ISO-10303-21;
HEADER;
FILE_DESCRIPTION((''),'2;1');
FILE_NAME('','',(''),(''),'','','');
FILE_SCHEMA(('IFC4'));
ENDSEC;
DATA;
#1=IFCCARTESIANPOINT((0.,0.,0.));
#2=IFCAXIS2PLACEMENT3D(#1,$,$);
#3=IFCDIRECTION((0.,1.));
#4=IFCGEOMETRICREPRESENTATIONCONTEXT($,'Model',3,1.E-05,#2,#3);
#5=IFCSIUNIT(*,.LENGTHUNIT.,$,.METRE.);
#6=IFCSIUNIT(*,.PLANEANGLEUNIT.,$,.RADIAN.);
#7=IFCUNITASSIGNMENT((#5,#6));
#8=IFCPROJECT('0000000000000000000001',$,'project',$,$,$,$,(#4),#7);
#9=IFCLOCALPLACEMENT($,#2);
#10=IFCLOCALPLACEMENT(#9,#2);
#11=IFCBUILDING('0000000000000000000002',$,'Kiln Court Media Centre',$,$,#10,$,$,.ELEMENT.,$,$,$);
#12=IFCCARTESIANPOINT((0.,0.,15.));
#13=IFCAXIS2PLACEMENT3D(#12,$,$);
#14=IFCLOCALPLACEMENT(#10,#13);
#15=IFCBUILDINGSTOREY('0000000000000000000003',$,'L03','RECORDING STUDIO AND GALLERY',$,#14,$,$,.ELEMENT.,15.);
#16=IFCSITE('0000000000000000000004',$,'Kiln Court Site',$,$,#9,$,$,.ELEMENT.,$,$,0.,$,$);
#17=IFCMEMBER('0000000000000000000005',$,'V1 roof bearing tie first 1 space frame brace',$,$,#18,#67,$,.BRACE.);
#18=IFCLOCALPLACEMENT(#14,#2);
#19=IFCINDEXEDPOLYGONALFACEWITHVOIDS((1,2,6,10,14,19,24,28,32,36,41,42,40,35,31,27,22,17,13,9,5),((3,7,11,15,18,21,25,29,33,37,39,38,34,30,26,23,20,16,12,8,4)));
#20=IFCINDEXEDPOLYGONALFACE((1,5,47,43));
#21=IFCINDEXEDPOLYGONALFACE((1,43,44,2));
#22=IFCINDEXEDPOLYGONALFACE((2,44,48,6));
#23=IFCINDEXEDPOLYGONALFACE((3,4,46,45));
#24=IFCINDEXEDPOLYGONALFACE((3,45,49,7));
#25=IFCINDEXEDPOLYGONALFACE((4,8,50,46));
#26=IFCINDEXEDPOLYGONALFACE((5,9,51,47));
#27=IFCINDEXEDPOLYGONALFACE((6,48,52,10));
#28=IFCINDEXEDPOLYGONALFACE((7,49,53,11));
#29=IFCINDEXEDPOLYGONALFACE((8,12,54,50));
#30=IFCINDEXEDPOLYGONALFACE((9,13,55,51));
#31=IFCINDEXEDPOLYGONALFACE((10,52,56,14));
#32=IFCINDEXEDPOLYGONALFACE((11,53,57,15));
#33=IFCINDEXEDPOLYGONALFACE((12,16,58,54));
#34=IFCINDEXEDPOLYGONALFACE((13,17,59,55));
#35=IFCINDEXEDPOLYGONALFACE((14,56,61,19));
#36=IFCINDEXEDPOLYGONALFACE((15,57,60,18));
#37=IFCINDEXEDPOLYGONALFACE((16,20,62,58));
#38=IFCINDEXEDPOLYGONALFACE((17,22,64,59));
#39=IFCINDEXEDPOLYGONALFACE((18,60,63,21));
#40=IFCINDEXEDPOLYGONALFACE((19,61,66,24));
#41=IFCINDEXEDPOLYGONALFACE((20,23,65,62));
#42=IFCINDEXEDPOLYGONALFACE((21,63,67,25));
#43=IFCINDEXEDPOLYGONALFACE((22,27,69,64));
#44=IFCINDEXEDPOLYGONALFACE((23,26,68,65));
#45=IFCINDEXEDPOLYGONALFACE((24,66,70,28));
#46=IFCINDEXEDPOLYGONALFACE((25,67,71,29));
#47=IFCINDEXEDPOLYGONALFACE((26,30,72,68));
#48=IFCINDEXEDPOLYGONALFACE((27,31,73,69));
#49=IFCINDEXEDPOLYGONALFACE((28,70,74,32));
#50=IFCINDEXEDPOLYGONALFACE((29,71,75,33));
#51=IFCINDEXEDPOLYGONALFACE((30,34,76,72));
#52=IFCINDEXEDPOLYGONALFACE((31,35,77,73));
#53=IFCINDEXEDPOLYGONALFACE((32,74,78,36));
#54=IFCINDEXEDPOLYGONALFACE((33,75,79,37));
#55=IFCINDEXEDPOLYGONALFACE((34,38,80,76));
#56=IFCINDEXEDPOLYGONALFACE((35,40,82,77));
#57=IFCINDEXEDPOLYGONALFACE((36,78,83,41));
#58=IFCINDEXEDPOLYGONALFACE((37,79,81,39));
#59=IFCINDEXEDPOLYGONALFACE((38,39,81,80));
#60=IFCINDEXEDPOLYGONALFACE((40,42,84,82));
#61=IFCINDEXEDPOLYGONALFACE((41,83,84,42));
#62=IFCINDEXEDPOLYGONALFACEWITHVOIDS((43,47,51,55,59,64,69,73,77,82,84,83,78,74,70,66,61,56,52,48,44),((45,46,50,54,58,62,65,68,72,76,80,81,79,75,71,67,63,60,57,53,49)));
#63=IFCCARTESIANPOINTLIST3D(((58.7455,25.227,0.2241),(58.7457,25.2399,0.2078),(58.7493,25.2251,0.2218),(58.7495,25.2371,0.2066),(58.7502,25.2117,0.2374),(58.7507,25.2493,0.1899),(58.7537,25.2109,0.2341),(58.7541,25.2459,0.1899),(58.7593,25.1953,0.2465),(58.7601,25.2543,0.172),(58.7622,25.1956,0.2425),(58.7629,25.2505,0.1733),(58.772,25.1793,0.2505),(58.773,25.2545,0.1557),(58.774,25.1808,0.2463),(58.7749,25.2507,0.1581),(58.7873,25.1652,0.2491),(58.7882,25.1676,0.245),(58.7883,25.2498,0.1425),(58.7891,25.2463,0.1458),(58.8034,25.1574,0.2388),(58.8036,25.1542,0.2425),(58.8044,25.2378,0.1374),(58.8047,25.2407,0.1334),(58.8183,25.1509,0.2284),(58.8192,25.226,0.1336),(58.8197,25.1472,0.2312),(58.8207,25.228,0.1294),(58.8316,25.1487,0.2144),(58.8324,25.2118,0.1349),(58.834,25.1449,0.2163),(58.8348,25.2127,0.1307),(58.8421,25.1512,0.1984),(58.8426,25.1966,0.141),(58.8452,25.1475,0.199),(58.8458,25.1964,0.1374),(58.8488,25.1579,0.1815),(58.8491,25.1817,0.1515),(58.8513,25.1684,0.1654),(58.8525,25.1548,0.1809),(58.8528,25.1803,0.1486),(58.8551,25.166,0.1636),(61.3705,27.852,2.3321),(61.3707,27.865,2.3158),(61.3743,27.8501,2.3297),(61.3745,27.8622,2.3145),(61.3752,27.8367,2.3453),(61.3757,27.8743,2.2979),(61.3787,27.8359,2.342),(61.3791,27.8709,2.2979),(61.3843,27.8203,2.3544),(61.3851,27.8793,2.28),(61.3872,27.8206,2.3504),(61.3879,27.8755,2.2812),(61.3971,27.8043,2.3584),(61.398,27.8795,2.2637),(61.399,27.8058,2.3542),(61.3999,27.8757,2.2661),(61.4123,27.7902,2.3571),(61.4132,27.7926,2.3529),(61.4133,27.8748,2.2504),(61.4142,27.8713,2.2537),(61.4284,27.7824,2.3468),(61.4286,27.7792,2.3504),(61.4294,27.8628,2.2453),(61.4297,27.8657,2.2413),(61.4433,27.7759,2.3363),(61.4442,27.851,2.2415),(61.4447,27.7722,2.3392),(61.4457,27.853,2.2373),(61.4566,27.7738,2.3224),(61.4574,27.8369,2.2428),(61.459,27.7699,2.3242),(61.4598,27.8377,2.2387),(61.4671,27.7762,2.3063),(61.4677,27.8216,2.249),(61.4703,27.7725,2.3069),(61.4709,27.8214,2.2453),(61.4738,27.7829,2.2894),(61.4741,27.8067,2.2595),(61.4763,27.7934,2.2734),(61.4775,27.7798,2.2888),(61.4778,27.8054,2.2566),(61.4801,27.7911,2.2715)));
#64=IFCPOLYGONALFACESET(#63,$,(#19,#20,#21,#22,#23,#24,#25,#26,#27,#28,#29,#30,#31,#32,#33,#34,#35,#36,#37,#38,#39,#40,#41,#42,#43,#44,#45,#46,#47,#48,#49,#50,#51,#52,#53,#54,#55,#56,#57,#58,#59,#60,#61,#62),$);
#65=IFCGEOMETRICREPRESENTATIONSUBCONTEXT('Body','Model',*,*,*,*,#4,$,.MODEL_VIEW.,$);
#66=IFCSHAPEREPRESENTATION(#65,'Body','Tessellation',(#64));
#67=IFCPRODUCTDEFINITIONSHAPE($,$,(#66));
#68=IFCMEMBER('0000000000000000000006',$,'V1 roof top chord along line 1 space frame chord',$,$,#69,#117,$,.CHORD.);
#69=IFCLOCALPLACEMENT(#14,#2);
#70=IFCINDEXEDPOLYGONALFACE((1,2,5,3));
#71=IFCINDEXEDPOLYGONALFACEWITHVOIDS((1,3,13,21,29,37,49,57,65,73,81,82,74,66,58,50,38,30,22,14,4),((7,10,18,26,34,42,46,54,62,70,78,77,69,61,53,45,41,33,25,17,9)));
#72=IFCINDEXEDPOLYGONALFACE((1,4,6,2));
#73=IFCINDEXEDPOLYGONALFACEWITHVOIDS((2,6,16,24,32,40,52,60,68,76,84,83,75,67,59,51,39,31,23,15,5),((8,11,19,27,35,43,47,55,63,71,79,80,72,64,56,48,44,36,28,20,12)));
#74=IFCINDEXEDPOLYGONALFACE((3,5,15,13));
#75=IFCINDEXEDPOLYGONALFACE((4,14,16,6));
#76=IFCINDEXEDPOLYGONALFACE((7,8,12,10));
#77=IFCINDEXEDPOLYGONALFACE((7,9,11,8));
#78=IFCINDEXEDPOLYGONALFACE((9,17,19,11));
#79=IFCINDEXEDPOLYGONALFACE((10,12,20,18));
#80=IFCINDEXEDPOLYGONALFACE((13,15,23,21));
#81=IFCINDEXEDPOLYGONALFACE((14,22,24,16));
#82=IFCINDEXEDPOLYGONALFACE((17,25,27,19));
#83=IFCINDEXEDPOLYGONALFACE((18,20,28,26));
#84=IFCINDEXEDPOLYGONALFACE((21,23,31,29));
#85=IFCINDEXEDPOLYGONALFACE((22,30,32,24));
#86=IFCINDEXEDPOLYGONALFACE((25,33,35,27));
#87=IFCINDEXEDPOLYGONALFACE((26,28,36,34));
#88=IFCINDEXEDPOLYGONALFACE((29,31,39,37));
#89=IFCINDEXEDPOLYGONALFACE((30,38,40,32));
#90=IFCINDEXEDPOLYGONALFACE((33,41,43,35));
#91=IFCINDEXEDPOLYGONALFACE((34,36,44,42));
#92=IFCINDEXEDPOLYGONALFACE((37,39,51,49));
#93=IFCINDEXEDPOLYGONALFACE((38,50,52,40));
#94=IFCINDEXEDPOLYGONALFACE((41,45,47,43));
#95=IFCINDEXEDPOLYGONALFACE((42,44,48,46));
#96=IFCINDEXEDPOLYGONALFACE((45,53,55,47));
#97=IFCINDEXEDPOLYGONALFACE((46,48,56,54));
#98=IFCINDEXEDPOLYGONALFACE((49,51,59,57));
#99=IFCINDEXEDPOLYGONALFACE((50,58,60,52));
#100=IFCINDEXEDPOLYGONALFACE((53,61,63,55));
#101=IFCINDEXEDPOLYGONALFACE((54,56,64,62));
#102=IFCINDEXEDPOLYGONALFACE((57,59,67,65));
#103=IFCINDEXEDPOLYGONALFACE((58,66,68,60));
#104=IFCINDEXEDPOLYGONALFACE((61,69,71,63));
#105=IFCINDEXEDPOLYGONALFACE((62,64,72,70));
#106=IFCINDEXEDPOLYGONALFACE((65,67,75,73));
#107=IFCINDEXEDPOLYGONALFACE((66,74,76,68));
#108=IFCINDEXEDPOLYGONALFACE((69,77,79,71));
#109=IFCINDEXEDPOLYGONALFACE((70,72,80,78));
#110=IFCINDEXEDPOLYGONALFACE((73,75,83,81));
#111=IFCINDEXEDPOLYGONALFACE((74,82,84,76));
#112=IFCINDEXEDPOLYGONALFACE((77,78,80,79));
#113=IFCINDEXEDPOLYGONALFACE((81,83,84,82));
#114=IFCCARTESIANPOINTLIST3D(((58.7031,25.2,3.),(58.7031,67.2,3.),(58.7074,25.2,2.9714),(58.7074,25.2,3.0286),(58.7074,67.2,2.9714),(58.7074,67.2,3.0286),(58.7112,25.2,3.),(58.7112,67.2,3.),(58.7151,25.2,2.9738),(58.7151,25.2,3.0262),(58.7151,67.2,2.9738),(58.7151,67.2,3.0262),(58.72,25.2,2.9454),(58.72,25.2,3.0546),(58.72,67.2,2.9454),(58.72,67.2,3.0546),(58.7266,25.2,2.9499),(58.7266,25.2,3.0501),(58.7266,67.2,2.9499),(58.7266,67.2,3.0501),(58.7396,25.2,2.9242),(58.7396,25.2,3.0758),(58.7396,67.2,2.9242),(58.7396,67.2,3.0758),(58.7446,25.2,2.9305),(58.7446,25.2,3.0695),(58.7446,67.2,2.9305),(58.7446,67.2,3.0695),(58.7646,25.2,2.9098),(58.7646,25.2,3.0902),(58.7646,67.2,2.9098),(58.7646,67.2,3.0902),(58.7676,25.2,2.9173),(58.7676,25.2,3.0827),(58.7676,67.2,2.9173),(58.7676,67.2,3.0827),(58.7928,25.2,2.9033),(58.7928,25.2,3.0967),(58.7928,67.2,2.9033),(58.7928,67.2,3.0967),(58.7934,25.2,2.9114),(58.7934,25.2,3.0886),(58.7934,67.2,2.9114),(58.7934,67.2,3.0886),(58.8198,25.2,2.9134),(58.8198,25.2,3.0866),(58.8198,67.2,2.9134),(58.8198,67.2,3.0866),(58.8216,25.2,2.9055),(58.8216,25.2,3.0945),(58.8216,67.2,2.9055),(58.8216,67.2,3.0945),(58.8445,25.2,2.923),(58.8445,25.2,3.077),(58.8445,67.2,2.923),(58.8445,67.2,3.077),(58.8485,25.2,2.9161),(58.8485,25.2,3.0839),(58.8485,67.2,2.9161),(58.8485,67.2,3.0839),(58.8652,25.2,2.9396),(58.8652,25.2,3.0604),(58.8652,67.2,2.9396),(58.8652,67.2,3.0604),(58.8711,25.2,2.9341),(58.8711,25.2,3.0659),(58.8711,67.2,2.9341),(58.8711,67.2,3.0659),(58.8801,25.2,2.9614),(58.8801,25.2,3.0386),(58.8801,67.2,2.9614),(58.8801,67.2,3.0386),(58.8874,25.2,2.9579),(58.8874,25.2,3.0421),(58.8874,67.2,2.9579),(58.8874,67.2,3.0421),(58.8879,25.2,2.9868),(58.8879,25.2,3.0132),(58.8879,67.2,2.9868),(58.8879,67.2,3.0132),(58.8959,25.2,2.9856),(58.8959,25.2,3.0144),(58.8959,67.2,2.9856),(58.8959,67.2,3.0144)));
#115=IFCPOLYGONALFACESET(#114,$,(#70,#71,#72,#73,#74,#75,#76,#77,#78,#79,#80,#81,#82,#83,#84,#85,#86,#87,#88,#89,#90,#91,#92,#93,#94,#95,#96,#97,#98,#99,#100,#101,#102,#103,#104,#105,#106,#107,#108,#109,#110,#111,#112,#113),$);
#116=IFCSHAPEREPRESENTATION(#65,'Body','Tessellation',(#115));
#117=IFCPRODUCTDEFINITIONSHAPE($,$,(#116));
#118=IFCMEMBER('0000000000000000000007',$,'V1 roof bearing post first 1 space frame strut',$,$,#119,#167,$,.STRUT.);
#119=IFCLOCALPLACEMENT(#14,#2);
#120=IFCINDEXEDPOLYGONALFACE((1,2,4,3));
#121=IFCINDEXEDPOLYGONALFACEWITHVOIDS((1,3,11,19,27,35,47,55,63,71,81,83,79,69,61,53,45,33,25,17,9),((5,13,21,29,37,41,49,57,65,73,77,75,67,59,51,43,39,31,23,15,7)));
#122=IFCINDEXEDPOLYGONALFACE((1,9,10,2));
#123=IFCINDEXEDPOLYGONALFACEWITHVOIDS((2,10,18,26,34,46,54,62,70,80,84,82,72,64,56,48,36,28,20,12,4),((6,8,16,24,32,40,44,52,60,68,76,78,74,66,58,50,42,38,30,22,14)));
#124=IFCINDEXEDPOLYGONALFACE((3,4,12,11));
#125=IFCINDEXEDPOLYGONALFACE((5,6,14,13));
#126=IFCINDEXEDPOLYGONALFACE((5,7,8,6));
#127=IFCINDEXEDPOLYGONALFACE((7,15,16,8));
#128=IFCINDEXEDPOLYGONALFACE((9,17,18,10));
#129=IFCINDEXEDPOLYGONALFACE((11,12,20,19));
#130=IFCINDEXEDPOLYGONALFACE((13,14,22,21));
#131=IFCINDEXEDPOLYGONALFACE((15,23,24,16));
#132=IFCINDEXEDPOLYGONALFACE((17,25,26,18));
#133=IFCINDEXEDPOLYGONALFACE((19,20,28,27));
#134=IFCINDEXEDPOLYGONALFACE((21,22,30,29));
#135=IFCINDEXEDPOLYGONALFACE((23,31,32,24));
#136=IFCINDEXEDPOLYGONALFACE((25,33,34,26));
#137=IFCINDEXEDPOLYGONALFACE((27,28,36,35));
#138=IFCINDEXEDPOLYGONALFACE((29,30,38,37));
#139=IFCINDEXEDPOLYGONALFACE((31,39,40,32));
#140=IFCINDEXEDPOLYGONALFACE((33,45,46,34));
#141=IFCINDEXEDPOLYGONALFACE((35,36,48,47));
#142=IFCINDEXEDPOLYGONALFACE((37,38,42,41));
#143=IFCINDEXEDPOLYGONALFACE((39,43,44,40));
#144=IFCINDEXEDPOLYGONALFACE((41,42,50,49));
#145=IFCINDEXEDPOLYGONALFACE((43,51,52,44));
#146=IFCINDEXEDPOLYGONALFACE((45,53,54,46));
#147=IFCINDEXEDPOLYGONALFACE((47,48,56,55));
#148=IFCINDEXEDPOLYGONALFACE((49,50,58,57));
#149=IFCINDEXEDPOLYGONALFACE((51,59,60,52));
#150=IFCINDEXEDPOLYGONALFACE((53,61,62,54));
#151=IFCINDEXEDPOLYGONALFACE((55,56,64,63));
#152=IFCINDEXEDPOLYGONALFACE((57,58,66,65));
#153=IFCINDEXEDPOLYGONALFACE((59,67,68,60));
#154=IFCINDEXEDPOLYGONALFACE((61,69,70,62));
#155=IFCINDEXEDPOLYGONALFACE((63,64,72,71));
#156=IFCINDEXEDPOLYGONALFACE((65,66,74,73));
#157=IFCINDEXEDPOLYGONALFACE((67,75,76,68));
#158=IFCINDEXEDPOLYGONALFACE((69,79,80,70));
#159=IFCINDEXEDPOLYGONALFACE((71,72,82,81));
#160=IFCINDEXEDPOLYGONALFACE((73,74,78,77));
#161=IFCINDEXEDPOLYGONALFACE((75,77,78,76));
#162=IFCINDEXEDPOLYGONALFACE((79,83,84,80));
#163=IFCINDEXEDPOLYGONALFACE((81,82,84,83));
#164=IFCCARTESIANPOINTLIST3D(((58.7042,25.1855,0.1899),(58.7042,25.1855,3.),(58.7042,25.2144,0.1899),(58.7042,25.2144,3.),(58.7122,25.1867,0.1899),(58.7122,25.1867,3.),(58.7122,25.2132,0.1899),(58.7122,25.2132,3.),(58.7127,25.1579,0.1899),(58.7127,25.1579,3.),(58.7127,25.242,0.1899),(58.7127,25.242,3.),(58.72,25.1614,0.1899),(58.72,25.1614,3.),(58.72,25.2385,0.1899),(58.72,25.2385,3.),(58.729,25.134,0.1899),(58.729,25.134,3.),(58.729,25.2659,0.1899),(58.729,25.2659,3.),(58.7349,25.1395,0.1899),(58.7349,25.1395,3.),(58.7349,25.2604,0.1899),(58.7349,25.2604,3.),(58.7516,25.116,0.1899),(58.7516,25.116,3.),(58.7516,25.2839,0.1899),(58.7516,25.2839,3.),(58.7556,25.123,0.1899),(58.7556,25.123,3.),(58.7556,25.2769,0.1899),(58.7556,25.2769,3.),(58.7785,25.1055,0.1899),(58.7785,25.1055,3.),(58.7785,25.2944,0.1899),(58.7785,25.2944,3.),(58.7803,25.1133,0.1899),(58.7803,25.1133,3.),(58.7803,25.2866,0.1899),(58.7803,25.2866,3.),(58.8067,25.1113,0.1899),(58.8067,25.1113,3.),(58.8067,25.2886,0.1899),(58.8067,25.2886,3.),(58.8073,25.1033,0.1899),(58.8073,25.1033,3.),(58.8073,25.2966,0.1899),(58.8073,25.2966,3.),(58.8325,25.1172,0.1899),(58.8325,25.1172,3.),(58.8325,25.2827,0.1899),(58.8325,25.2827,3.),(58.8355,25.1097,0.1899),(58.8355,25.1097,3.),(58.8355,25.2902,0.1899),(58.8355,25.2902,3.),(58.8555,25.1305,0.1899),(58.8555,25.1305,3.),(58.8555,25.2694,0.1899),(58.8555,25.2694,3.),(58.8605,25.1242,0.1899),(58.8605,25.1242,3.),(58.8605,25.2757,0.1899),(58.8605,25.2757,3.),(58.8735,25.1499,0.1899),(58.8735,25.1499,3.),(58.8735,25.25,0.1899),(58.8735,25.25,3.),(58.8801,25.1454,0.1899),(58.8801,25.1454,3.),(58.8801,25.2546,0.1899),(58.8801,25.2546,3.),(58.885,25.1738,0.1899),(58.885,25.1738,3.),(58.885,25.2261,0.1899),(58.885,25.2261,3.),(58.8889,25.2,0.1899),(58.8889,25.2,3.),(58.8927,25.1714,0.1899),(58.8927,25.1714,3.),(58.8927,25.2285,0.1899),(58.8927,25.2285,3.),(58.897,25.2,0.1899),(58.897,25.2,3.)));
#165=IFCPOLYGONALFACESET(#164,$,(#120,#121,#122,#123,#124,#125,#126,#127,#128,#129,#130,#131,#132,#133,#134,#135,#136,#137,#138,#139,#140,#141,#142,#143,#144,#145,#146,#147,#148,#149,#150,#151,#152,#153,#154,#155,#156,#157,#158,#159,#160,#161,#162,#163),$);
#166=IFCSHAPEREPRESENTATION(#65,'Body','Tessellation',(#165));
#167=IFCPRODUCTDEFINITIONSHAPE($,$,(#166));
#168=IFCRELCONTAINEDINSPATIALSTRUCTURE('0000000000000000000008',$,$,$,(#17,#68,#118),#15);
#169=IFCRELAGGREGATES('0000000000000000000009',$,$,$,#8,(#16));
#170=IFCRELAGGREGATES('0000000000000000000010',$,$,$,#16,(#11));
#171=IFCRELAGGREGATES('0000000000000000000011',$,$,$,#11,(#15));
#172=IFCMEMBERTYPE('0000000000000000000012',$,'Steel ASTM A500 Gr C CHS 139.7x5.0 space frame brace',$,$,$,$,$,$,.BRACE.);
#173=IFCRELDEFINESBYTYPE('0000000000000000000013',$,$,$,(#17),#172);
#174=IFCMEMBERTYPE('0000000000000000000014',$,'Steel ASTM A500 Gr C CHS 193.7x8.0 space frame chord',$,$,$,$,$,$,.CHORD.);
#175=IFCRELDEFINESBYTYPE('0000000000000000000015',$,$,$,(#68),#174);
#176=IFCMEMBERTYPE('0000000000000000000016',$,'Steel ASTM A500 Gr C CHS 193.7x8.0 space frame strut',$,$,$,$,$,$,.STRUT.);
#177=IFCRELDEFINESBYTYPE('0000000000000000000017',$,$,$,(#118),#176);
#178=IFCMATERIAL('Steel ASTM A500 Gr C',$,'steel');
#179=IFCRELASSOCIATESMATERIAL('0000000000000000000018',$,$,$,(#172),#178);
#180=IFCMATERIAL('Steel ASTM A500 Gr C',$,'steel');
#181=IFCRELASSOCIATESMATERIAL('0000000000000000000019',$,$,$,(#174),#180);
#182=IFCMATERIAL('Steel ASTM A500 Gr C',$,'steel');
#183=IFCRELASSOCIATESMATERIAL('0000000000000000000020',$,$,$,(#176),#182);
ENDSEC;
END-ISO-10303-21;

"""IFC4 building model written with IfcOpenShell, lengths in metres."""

from ifc_helpers import new_model, si_unit, direction, frame, origin, origin_2d, place, context, subcontext, project, spatial, hollow_circle, extrude, material, material_profile, profile_set, type_object, element, save


model = new_model("IFC4")

# Units and contexts
model_context = context("Model", 3, precision=1e-05, world=origin(), true_north=direction((0.0, 1.0)))
body_context = subcontext(model_context, "Body", "Model", "MODEL_VIEW")
ifc_project = project(units=[si_unit("LENGTHUNIT", "METRE"), si_unit("PLANEANGLEUNIT", "RADIAN")], contexts=[model_context])

# Site, building, storey
site_placement = place(None, origin())
site = spatial("IfcSite", under=ifc_project, at=site_placement, Name="Kiln Court Site", CompositionType="ELEMENT", RefElevation=0.0)
building_placement = place(site_placement, origin())
building = spatial("IfcBuilding", under=site, at=building_placement, Name="Kiln Court Media Centre", CompositionType="ELEMENT")
storey_placement = place(building_placement, frame((0.0, 0.0, 15.0)))
storey = spatial("IfcBuildingStorey", under=building, at=storey_placement, Name="L03", Description="RECORDING STUDIO AND GALLERY", CompositionType="ELEMENT", Elevation=15.0)

# Members
ifc_material_1 = material(Name="Steel ASTM A500 Gr C", Category="steel")
ifc_material_profile_1 = material_profile(ifc_material_1, hollow_circle(Radius=0.0698, WallThickness=0.0049, at=origin_2d()), Name="CHS 139.7x5.0")
ifc_profile_set_1 = profile_set([ifc_material_profile_1], Name="Steel ASTM A500 Gr C")
member_type_1 = type_object("IfcMemberType", Name="Steel ASTM A500 Gr C CHS 139.7x5.0 space frame brace", PredefinedType="BRACE", material=ifc_profile_set_1)
member_1_placement = place(storey_placement, frame((58.8, 25.2, 0.1899), z_axis=(0.614895, 0.614895, 0.493769), x_axis=(-0.707107, 0.707107, 0.0)))
element("IfcMember", 1, at=member_1_placement, inside=storey, type_object=member_type_1, Name="V1 roof bearing tie first 1 space frame brace", PredefinedType="BRACE", context=body_context, shape_type="SweptSolid", body=[
    extrude(hollow_circle(Radius=0.0698, WallThickness=0.0049, at=origin_2d()), origin(), (0.0, 0.0, 1.0), 4.269),
])
ifc_material_2 = material(Name="Steel ASTM A500 Gr C", Category="steel")
ifc_material_profile_2 = material_profile(ifc_material_2, hollow_circle(Radius=0.0969, WallThickness=0.0081, at=origin_2d()), Name="CHS 193.7x8.0")
ifc_profile_set_2 = profile_set([ifc_material_profile_2], Name="Steel ASTM A500 Gr C")
member_type_2 = type_object("IfcMemberType", Name="Steel ASTM A500 Gr C CHS 193.7x8.0 space frame chord", PredefinedType="CHORD", material=ifc_profile_set_2)
member_2_placement = place(storey_placement, frame((58.8, 25.2, 3.0), z_axis=(0.0, 1.0, 0.0), x_axis=(-1.0, 0.0, 0.0)))
element("IfcMember", 2, at=member_2_placement, inside=storey, type_object=member_type_2, Name="V1 roof top chord along line 1 space frame chord", PredefinedType="CHORD", context=body_context, shape_type="SweptSolid", body=[
    extrude(hollow_circle(Radius=0.0969, WallThickness=0.0081, at=origin_2d()), origin(), (0.0, 0.0, 1.0), 42.0),
])
ifc_material_3 = material(Name="Steel ASTM A500 Gr C", Category="steel")
ifc_material_profile_3 = material_profile(ifc_material_3, hollow_circle(Radius=0.0969, WallThickness=0.0081, at=origin_2d()), Name="CHS 193.7x8.0")
ifc_profile_set_3 = profile_set([ifc_material_profile_3], Name="Steel ASTM A500 Gr C")
member_type_3 = type_object("IfcMemberType", Name="Steel ASTM A500 Gr C CHS 193.7x8.0 space frame strut", PredefinedType="STRUT", material=ifc_profile_set_3)
member_3_placement = place(storey_placement, frame((58.8, 25.2, 0.1899), z_axis=(0.0, 0.0, 1.0), x_axis=(1.0, 0.0, 0.0)))
element("IfcMember", 3, at=member_3_placement, inside=storey, type_object=member_type_3, Name="V1 roof bearing post first 1 space frame strut", PredefinedType="STRUT", context=body_context, shape_type="SweptSolid", body=[
    extrude(hollow_circle(Radius=0.0969, WallThickness=0.0081, at=origin_2d()), origin(), (0.0, 0.0, 1.0), 2.8101),
])

save(model, "model.ifc")
